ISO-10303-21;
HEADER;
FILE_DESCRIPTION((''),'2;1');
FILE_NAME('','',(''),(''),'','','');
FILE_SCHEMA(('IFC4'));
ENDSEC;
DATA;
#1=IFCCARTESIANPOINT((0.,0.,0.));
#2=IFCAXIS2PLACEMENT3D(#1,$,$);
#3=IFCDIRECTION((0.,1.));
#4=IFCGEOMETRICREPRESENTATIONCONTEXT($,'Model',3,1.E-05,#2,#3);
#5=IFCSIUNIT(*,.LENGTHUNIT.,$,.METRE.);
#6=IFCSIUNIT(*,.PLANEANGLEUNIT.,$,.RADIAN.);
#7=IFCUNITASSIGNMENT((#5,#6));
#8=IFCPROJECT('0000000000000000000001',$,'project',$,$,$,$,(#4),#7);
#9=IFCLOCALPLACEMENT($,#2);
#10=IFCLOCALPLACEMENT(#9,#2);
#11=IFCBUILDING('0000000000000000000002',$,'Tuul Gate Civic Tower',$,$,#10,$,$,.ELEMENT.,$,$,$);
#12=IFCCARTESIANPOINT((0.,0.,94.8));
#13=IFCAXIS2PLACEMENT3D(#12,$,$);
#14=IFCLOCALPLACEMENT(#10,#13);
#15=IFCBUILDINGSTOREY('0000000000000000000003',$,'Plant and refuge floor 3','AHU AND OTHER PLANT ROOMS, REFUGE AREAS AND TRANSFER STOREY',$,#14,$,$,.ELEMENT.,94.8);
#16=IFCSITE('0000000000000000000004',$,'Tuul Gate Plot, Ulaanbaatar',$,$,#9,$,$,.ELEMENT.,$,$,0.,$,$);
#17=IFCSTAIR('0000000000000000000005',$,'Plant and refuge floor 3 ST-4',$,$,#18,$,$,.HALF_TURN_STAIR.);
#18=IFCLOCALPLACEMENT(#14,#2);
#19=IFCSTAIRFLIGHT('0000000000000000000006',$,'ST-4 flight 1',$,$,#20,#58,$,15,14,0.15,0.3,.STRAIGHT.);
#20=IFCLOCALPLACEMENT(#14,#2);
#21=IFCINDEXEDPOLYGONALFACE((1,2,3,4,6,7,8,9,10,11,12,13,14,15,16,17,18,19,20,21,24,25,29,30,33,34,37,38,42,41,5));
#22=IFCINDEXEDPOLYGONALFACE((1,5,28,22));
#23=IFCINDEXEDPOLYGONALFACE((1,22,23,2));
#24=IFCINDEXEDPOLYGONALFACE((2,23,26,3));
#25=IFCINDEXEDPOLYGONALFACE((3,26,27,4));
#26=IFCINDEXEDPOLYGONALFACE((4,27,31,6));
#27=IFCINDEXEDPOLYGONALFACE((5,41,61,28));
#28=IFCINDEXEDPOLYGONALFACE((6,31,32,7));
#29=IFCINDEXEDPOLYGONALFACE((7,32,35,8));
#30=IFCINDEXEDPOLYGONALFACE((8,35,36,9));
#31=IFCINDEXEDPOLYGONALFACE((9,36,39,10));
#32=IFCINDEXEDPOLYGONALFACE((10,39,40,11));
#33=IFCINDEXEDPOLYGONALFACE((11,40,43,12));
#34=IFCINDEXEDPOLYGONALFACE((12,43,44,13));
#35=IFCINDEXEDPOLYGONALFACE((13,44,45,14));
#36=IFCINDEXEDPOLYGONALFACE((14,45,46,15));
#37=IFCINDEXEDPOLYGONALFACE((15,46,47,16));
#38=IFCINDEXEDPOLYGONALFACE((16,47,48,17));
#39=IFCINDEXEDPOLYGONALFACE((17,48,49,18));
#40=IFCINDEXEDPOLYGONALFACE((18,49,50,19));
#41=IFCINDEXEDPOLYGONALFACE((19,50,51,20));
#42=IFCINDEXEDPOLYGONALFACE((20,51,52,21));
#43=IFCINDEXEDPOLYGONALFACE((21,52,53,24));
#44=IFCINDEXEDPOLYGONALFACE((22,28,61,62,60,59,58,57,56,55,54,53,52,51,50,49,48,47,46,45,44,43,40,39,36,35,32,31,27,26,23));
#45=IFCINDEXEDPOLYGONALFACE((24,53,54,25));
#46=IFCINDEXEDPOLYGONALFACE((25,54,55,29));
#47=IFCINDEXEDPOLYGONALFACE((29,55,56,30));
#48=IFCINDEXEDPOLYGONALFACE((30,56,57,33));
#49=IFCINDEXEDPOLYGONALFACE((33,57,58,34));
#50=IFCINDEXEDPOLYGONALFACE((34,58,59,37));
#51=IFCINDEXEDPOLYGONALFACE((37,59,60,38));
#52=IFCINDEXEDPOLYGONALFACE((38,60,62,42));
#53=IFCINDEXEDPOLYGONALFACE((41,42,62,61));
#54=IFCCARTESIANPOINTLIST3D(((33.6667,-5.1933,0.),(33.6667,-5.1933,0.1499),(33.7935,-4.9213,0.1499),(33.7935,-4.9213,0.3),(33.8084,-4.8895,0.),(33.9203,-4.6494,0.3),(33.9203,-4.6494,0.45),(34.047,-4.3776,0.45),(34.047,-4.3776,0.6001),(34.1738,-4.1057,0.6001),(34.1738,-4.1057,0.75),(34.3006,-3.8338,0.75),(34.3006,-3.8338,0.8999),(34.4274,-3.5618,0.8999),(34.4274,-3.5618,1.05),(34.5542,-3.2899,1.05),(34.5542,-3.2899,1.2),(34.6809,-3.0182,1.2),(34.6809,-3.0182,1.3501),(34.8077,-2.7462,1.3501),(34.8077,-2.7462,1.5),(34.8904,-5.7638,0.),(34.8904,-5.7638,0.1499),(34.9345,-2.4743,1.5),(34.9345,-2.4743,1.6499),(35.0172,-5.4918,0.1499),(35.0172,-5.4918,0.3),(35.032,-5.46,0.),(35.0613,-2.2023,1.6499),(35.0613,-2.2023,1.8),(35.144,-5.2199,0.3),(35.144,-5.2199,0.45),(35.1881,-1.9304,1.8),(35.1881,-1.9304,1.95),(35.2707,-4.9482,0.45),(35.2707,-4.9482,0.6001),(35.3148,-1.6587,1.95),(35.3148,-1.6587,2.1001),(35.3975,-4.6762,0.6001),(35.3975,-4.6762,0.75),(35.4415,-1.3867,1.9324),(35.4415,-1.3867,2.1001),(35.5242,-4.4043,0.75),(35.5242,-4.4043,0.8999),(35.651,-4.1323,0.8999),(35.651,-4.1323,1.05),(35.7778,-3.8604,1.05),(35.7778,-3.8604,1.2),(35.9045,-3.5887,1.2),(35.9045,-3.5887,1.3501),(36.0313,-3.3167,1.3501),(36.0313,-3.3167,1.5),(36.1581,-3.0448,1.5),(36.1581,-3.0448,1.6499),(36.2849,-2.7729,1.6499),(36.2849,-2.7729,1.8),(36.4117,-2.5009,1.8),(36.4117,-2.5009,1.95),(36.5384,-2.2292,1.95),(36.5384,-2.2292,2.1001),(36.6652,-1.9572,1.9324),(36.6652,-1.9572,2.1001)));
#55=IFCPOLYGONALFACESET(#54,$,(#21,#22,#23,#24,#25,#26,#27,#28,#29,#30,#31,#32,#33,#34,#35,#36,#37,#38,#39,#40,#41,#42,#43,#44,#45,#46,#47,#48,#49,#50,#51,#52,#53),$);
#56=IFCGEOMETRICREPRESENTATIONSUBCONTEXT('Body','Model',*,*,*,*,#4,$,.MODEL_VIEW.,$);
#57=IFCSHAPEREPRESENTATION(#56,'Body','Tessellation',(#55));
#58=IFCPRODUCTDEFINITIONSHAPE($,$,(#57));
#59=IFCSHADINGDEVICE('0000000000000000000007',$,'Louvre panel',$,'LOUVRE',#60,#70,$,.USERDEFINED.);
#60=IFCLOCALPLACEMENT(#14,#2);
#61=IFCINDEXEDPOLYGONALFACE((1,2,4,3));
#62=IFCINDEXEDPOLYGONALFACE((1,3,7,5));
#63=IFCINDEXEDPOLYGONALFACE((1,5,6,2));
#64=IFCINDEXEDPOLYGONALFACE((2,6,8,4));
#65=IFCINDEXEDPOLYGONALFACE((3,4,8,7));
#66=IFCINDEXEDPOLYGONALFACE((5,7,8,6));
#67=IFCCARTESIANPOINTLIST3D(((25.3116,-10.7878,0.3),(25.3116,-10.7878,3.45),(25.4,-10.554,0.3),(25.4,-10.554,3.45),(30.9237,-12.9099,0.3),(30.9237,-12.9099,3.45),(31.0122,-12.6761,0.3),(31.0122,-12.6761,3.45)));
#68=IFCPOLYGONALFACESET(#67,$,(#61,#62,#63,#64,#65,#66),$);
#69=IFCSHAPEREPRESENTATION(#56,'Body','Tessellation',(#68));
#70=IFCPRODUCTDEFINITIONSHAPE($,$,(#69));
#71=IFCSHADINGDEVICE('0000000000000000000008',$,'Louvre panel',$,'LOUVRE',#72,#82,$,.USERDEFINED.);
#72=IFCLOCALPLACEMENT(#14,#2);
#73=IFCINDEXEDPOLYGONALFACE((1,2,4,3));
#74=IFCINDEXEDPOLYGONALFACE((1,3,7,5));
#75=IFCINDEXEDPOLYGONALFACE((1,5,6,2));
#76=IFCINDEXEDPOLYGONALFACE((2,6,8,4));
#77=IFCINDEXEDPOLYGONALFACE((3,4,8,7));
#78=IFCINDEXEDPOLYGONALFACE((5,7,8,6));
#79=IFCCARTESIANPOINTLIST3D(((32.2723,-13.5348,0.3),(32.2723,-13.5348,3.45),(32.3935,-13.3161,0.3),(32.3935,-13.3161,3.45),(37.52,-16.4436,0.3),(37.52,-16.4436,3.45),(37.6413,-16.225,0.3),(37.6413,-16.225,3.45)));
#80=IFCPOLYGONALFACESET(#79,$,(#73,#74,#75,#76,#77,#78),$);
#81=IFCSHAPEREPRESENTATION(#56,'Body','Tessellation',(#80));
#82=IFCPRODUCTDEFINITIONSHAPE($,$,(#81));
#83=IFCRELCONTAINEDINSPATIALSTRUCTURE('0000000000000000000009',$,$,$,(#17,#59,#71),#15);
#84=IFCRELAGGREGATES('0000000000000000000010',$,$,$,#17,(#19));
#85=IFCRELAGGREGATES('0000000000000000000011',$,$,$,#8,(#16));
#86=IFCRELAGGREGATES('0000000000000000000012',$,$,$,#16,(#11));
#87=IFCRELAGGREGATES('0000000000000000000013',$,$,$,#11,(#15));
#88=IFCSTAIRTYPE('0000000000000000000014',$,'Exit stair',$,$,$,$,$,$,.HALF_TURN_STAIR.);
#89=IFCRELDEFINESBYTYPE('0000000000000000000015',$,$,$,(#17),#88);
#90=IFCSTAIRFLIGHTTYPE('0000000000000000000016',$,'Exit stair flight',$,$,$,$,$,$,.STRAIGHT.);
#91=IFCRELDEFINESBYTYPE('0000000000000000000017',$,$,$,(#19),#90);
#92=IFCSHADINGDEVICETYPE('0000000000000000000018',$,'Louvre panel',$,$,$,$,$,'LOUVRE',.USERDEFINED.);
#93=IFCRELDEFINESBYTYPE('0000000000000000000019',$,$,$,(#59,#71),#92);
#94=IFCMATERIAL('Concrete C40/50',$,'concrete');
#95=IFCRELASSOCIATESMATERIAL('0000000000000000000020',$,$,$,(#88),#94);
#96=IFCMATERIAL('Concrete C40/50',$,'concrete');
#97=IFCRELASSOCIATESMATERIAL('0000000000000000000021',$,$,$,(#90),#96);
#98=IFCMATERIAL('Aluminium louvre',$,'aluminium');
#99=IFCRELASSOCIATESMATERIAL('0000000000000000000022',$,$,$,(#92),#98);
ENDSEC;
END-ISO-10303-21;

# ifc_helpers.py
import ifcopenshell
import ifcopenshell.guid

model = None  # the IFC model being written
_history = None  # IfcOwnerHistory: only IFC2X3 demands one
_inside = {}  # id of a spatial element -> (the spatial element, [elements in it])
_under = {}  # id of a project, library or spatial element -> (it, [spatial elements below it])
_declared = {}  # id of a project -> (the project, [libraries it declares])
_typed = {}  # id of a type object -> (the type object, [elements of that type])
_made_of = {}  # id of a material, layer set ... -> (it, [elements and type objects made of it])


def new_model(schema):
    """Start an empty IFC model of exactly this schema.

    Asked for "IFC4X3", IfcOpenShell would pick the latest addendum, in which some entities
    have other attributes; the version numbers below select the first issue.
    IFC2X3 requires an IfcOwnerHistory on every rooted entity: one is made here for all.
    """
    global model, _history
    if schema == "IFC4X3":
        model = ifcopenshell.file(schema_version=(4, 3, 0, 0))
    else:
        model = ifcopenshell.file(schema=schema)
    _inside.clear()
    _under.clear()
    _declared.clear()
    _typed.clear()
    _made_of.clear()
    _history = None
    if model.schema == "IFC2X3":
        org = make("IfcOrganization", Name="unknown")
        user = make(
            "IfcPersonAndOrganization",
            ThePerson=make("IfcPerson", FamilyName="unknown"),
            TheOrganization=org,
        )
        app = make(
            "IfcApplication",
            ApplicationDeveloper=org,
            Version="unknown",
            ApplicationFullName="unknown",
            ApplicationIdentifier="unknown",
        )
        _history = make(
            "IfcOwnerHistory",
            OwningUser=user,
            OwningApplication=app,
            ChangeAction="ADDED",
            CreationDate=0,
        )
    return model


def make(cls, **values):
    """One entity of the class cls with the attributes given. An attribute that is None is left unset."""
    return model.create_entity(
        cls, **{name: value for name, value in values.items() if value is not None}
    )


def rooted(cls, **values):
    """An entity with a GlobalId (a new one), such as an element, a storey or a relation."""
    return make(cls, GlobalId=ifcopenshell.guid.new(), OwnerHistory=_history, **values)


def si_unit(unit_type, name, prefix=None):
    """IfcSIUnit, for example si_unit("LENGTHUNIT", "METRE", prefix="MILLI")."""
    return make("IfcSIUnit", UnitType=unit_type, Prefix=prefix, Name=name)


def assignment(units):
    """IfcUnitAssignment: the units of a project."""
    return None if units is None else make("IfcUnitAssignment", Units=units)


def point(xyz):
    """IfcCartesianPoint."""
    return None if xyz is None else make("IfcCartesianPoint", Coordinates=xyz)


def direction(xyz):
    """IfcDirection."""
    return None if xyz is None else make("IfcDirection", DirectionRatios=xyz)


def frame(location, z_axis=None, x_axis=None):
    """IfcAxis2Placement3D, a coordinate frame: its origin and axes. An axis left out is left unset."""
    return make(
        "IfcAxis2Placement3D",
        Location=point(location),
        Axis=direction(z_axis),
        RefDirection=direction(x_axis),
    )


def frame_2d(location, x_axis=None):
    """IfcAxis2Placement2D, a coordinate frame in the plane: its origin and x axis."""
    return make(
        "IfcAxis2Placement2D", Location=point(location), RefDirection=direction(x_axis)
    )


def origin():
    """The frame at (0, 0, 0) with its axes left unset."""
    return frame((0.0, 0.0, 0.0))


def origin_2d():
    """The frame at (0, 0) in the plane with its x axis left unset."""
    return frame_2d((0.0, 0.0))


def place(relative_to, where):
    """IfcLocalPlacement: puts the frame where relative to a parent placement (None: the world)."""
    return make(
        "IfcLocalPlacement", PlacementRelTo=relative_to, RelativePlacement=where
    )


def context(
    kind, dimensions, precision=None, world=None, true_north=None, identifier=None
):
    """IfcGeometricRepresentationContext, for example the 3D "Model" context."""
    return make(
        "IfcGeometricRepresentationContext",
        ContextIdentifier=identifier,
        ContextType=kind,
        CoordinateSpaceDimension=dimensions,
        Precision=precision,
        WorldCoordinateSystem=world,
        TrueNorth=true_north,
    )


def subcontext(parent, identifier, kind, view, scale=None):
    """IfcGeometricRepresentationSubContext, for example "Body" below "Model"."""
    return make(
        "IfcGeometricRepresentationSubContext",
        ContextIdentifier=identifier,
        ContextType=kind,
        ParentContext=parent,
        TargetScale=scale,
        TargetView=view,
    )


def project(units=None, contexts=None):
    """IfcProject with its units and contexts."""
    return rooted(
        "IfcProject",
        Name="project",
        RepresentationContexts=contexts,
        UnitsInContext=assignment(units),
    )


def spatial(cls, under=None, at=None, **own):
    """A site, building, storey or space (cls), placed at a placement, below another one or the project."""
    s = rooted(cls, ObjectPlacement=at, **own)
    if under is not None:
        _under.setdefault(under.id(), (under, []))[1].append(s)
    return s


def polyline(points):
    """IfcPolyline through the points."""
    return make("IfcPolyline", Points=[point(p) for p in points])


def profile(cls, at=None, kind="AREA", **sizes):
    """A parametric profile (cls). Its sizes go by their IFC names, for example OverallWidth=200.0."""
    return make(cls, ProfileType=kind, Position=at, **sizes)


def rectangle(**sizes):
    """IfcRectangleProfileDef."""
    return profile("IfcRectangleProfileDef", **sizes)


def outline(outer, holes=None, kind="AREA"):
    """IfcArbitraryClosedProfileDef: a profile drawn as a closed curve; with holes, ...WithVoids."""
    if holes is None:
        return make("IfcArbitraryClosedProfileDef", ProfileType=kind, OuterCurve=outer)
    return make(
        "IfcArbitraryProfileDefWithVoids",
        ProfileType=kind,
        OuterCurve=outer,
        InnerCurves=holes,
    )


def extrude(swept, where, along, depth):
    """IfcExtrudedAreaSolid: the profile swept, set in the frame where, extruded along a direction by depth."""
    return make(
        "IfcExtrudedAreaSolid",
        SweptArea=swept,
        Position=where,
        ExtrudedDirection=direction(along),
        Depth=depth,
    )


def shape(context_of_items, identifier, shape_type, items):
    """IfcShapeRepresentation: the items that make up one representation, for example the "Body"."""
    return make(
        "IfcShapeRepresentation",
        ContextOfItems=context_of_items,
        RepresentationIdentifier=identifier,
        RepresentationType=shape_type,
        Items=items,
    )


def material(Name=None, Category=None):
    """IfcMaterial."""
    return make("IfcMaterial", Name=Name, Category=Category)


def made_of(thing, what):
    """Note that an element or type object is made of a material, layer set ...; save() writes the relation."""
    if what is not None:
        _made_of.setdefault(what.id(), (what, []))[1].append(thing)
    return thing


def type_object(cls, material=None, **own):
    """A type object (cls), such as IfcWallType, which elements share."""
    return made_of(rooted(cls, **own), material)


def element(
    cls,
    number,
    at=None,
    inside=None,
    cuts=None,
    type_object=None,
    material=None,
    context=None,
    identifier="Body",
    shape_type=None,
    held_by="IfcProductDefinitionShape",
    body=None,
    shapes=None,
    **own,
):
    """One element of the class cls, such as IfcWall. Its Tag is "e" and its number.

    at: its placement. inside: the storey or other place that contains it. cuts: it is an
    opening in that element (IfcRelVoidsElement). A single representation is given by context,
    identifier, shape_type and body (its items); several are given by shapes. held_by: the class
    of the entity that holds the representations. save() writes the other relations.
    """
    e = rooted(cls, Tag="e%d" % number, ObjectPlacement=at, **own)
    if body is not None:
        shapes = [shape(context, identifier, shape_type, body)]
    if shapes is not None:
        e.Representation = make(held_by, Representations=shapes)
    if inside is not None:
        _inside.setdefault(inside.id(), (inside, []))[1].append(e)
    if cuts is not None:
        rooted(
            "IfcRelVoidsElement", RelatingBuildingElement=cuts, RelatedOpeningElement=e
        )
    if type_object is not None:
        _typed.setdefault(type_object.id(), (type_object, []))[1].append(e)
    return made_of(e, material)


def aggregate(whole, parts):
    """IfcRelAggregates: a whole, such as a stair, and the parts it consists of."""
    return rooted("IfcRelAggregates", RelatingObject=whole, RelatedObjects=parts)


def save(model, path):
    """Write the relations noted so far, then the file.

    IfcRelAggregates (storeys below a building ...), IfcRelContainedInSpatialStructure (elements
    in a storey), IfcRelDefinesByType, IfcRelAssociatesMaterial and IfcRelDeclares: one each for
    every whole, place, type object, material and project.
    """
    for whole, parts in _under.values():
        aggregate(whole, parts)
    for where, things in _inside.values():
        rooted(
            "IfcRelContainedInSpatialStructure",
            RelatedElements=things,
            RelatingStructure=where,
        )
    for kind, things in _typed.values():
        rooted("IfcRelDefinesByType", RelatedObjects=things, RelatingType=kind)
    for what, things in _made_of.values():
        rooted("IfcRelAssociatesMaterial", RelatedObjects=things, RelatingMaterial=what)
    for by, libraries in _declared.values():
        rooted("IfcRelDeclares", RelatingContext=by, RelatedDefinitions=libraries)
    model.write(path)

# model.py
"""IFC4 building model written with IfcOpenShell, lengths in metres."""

from ifc_helpers import new_model, si_unit, direction, frame, origin, origin_2d, place, context, subcontext, project, spatial, polyline, rectangle, outline, extrude, material, type_object, element, aggregate, save


model = new_model("IFC4")

# Units and contexts
model_context = context("Model", 3, precision=1e-05, world=origin(), true_north=direction((0.0, 1.0)))
body_context = subcontext(model_context, "Body", "Model", "MODEL_VIEW")
ifc_project = project(units=[si_unit("LENGTHUNIT", "METRE"), si_unit("PLANEANGLEUNIT", "RADIAN")], contexts=[model_context])

# Site, building, storey
site_placement = place(None, origin())
site = spatial("IfcSite", under=ifc_project, at=site_placement, Name="Tuul Gate Plot, Ulaanbaatar", CompositionType="ELEMENT", RefElevation=0.0)
building_placement = place(site_placement, origin())
building = spatial("IfcBuilding", under=site, at=building_placement, Name="Tuul Gate Civic Tower", CompositionType="ELEMENT")
storey_placement = place(building_placement, frame((0.0, 0.0, 94.8)))
storey = spatial("IfcBuildingStorey", under=building, at=storey_placement, Name="Plant and refuge floor 3", Description="AHU AND OTHER PLANT ROOMS, REFUGE AREAS AND TRANSFER STOREY", CompositionType="ELEMENT", Elevation=94.8)

# Stair, stair flight
ifc_material_1 = material(Name="Concrete C40/50", Category="concrete")
stair_type = type_object("IfcStairType", Name="Exit stair", PredefinedType="HALF_TURN_STAIR", material=ifc_material_1)
stair_placement = place(storey_placement, origin())
stair = element("IfcStair", 1, at=stair_placement, inside=storey, type_object=stair_type, Name="Plant and refuge floor 3 ST-4", PredefinedType="HALF_TURN_STAIR")
ifc_material_2 = material(Name="Concrete C40/50", Category="concrete")
stair_flight_type = type_object("IfcStairFlightType", Name="Exit stair flight", PredefinedType="STRAIGHT", material=ifc_material_2)
stair_flight_placement = place(storey_placement, frame((34.2786, -5.4785, 0.0), z_axis=(0.0, 0.0, 1.0), x_axis=(0.422576, 0.906327, 0.0)))
stair_flight = element("IfcStairFlight", 2, at=stair_flight_placement, type_object=stair_flight_type, Name="ST-4 flight 1", NumberOfRisers=15, NumberOfTreads=14, PredefinedType="STRAIGHT", RiserHeight=0.15, TreadLength=0.3, context=body_context, shape_type="SweptSolid", body=[
    extrude(outline(polyline([(0.0, 0.0), (0.0, 0.1499), (0.3, 0.1499), (0.3, 0.3), (0.6001, 0.3), (0.6001, 0.45), (0.8999, 0.45), (0.8999, 0.6001), (1.2, 0.6001), (1.2, 0.75), (1.5, 0.75), (1.5, 0.8999), (1.8, 0.8999), (1.8, 1.05), (2.1001, 1.05), (2.1001, 1.2), (2.3999, 1.2), (2.3999, 1.3501), (2.7, 1.3501), (2.7, 1.5), (3.0, 1.5), (3.0, 1.6499), (3.3, 1.6499), (3.3, 1.8), (3.6001, 1.8), (3.6001, 1.95), (3.8999, 1.95), (3.8999, 2.1001), (4.2, 2.1001), (4.2, 2.25), (4.2, 1.9324), (0.3352, 0.0), (0.0, 0.0)])), frame((0.0, 0.675, 0.0), z_axis=(0.0, -1.0, 0.0), x_axis=(1.0, 0.0, 0.0)), (0.0, 0.0, 1.0), 1.3501),
])
aggregate(stair, [stair_flight])

# Shading devices
ifc_material_3 = material(Name="Aluminium louvre", Category="aluminium")
shading_device_type = type_object("IfcShadingDeviceType", Name="Louvre panel", ElementType="LOUVRE", PredefinedType="USERDEFINED", material=ifc_material_3)
for number, where, z_axis, x_axis, name in (
    (3, (28.1619, -11.7319, 0.3), (0.0, 0.0, 1.0), (-0.353685, -0.935365, 0.0), "Louvre panel"),
    (4, (34.9568, -14.8799, 0.3), (0.0, 0.0, 1.0), (-0.484808, -0.874621, 0.0), "Louvre panel"),
):
    element("IfcShadingDevice", number, at=place(storey_placement, frame(where, z_axis=z_axis, x_axis=x_axis)), inside=storey, type_object=shading_device_type, Name=name, ObjectType="LOUVRE", PredefinedType="USERDEFINED", context=body_context, shape_type="SweptSolid", body=[
        extrude(rectangle(XDim=0.25, YDim=6.0, at=origin_2d()), origin(), (0.0, 0.0, 1.0), 3.1499),
    ])

save(model, "model.ifc")
